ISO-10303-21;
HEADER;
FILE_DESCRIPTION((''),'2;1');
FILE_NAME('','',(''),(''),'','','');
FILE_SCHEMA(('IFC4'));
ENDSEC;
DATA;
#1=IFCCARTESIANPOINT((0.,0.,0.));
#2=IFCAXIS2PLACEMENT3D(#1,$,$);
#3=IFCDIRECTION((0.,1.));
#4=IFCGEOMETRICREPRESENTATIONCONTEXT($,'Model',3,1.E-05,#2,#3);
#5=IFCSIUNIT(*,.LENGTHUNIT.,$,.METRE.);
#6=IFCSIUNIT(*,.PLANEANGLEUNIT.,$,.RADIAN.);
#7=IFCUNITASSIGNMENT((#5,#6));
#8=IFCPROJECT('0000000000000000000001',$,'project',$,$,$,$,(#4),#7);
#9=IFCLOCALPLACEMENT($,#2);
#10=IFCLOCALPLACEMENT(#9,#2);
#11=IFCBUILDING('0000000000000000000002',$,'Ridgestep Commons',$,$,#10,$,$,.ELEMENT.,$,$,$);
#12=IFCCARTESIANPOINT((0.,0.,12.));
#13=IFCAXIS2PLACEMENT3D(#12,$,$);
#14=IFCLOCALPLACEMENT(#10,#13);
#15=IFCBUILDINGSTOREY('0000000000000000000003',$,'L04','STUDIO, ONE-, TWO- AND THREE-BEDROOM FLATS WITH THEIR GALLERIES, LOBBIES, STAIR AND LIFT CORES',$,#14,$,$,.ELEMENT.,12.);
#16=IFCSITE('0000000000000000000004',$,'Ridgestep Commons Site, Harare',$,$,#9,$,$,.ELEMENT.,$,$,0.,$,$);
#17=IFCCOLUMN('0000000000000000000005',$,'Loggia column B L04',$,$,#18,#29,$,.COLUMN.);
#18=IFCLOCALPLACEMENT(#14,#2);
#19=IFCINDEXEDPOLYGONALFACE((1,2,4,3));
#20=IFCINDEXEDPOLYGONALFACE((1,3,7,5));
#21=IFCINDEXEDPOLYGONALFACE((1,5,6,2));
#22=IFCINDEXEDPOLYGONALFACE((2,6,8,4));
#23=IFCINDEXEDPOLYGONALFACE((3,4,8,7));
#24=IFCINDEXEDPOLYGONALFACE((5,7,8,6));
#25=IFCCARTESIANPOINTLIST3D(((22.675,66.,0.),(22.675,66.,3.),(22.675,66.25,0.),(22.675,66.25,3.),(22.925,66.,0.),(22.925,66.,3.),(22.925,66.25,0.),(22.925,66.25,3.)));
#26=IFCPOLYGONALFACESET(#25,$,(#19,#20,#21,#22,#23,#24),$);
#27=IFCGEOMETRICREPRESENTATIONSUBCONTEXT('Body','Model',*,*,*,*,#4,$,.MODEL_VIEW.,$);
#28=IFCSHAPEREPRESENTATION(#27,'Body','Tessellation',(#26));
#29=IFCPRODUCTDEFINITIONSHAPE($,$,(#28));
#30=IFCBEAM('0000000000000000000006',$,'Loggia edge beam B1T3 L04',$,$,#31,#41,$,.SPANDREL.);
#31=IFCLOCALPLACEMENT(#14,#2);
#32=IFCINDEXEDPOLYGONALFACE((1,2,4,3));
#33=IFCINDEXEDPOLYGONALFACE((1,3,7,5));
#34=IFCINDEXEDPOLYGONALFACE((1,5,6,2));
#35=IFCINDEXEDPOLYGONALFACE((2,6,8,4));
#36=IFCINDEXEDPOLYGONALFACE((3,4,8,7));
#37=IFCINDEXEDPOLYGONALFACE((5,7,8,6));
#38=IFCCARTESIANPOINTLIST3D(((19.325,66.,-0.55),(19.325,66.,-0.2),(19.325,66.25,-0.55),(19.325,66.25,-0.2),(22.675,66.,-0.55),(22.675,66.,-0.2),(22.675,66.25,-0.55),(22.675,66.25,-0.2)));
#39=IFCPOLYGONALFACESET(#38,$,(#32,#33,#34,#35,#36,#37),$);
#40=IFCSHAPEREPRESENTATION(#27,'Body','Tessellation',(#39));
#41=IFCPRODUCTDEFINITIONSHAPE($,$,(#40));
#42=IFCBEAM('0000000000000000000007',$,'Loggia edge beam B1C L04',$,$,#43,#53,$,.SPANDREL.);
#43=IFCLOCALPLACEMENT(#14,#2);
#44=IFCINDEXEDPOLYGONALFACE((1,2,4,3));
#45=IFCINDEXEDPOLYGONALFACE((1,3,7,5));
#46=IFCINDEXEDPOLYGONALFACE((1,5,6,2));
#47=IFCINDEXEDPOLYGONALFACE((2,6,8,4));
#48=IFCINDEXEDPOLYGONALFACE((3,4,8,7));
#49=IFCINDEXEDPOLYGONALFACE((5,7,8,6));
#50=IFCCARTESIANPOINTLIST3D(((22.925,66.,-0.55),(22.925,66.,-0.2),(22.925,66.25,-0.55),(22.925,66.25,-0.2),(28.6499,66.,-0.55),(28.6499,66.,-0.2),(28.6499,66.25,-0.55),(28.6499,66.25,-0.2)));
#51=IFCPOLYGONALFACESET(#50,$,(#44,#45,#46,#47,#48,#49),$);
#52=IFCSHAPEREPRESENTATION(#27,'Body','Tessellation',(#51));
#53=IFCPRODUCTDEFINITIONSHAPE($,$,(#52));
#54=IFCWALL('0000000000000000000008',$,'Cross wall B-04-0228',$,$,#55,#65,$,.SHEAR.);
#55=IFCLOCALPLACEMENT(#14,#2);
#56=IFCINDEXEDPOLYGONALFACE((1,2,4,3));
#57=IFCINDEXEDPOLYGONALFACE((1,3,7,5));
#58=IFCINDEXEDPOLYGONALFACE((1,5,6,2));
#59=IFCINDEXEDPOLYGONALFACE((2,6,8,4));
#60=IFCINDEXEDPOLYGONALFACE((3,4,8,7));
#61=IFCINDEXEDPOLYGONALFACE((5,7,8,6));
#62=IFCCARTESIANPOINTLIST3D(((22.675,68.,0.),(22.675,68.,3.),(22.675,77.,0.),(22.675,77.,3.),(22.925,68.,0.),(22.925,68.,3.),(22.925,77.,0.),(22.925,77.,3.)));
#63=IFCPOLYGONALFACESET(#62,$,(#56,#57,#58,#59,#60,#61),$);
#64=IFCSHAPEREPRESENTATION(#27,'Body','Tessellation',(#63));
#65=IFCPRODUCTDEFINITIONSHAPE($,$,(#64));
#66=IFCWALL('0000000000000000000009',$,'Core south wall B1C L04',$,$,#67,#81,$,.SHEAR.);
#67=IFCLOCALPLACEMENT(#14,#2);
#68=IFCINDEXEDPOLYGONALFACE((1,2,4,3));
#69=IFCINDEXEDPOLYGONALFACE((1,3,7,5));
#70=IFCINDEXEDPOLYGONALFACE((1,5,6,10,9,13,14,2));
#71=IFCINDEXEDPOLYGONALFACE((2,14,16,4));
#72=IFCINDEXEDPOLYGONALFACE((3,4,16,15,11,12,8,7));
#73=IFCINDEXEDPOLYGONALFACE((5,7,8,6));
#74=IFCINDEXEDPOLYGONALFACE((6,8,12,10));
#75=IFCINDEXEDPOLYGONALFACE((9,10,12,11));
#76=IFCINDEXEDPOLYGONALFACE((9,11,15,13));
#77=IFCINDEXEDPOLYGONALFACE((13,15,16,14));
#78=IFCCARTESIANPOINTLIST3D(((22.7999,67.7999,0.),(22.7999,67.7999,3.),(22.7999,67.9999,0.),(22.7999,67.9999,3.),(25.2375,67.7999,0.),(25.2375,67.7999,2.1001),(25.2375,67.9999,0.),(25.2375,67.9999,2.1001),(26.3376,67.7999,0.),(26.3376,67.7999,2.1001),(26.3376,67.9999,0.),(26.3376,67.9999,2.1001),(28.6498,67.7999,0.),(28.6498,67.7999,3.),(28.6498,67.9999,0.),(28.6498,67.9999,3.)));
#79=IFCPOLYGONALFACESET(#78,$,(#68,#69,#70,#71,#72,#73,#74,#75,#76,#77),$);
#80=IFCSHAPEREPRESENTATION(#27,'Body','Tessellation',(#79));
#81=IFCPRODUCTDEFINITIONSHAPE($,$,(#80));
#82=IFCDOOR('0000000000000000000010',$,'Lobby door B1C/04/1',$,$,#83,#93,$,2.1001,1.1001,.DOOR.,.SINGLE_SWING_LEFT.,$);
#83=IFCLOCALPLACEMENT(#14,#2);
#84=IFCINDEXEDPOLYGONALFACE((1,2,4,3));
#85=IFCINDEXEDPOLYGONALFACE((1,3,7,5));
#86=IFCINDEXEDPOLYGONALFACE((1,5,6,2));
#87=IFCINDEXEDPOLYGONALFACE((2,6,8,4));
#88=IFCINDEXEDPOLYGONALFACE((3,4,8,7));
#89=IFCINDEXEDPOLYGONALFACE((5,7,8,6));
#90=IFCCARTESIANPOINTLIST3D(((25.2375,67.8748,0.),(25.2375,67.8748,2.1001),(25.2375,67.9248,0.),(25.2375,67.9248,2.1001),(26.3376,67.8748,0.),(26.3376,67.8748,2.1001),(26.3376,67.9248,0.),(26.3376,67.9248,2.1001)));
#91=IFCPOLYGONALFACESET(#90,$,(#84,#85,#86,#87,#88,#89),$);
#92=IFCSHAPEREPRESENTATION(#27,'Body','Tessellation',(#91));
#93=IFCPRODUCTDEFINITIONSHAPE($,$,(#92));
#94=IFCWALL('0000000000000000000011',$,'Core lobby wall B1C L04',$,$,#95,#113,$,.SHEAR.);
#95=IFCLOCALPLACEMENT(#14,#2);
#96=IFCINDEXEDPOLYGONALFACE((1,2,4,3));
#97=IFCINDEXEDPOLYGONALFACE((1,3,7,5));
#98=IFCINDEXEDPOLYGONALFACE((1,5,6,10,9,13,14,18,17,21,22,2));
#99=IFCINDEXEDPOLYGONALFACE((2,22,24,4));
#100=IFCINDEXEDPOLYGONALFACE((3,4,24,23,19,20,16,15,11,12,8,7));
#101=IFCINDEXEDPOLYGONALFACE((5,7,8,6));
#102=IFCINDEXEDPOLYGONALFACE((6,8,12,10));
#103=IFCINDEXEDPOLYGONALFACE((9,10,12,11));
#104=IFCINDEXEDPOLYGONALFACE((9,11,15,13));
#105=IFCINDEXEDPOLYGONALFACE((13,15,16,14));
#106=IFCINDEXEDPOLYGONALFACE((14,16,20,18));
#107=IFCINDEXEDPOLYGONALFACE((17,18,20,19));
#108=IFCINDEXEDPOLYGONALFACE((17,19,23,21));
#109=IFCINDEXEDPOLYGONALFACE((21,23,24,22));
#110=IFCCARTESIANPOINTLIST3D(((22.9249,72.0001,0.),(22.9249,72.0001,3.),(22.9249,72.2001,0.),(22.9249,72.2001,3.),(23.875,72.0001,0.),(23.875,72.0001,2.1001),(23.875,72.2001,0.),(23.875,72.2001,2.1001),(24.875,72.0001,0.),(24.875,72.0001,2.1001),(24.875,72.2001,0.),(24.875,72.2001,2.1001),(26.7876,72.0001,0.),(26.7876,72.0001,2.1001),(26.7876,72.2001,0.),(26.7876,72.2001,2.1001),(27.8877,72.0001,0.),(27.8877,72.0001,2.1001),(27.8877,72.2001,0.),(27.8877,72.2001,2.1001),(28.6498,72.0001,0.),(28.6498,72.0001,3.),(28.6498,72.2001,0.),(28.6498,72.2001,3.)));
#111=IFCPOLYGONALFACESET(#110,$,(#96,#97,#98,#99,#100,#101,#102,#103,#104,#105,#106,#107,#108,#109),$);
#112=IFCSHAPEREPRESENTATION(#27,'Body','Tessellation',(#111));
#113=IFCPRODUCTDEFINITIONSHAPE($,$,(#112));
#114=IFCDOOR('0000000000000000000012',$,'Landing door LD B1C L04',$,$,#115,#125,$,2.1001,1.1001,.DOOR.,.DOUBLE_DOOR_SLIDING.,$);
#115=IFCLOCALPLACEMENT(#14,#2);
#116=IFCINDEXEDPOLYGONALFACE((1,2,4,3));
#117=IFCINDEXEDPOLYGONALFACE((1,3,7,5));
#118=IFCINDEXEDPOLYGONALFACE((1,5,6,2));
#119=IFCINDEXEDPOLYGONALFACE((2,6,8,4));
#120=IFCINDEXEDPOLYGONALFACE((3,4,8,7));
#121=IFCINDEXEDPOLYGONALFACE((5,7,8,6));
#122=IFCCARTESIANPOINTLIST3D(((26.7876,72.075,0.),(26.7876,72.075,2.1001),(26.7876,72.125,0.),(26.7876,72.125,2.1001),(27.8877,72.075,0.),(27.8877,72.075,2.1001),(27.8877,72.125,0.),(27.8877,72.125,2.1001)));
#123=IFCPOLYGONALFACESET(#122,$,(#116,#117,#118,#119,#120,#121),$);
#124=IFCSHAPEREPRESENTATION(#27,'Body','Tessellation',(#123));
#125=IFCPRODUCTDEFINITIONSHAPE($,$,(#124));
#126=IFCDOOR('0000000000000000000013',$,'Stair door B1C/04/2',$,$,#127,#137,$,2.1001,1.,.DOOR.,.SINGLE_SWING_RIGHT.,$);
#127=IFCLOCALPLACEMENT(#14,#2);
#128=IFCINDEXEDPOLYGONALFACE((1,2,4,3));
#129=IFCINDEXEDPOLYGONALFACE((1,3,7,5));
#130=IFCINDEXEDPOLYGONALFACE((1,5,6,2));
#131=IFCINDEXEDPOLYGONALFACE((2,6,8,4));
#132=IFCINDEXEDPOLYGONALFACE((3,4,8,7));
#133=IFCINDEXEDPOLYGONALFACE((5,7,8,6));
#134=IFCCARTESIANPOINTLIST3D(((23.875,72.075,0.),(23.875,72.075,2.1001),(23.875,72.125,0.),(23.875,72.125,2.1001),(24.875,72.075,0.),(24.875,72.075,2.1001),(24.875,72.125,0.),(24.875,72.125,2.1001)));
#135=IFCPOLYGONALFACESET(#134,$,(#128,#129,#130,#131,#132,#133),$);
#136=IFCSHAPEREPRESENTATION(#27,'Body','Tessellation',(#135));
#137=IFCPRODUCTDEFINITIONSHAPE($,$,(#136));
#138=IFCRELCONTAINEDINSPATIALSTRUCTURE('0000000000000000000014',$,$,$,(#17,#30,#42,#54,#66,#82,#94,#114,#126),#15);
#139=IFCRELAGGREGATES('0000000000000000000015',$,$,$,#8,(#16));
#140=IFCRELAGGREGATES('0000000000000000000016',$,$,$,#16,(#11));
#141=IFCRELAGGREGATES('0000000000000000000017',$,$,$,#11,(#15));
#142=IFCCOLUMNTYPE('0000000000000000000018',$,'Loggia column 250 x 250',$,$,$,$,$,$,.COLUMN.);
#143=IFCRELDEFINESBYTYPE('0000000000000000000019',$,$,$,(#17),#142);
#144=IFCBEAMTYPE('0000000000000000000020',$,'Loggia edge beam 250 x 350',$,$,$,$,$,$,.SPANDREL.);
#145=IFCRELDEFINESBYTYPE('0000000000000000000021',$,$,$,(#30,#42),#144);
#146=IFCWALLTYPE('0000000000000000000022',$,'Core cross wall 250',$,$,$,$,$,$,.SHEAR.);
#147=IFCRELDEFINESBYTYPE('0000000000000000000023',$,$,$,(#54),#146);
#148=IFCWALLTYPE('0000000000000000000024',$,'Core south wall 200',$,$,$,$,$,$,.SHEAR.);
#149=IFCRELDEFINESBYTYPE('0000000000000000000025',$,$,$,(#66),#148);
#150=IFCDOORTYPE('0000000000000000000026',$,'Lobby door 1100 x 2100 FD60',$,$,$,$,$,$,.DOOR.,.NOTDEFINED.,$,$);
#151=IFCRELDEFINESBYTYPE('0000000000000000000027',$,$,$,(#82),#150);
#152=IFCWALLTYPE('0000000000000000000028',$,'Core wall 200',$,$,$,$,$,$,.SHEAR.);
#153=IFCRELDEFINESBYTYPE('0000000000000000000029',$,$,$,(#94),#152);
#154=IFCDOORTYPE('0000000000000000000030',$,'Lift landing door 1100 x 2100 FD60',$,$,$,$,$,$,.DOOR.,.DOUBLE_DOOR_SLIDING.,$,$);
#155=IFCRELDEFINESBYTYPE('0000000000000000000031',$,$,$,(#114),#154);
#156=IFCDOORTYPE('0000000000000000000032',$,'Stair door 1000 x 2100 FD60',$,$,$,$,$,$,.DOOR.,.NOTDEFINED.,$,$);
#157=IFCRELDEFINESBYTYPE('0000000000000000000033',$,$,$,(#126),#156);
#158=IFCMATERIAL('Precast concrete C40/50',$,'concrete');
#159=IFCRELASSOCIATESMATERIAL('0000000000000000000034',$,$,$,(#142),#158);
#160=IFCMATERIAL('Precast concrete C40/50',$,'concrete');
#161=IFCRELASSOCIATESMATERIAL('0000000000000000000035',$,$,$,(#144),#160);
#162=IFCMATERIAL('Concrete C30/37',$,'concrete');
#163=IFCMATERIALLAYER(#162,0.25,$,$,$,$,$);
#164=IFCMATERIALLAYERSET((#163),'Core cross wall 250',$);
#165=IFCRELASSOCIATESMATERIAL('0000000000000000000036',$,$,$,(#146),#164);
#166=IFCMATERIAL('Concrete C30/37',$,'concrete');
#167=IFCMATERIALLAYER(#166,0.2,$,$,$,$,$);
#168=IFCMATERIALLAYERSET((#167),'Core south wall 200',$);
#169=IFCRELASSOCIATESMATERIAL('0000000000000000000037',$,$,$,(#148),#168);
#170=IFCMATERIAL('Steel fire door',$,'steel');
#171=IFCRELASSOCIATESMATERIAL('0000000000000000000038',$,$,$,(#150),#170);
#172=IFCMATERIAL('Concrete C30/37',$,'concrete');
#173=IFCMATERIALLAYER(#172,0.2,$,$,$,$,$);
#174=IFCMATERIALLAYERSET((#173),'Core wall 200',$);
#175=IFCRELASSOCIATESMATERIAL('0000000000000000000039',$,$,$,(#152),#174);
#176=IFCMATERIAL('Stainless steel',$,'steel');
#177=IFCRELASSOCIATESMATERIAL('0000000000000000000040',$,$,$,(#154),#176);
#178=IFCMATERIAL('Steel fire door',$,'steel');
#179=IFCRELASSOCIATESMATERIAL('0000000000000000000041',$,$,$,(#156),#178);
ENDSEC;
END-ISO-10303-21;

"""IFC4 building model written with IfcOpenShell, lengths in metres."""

from ifc_helpers import new_model, si_unit, direction, frame, frame_2d, origin, origin_2d, place, context, subcontext, project, spatial, rectangle, extrude, material, layer, layer_set, material_profile, profile_set, type_object, element, fill, save


model = new_model("IFC4")

# Units and contexts
model_context = context("Model", 3, precision=1e-05, world=origin(), true_north=direction((0.0, 1.0)))
body_context = subcontext(model_context, "Body", "Model", "MODEL_VIEW")
ifc_project = project(units=[si_unit("LENGTHUNIT", "METRE"), si_unit("PLANEANGLEUNIT", "RADIAN")], contexts=[model_context])

# Site, building, storey
site_placement = place(None, origin())
site = spatial("IfcSite", under=ifc_project, at=site_placement, Name="Ridgestep Commons Site, Harare", CompositionType="ELEMENT", RefElevation=0.0)
building_placement = place(site_placement, origin())
building = spatial("IfcBuilding", under=site, at=building_placement, Name="Ridgestep Commons", CompositionType="ELEMENT")
storey_placement = place(building_placement, frame((0.0, 0.0, 12.0)))
storey = spatial("IfcBuildingStorey", under=building, at=storey_placement, Name="L04", Description="STUDIO, ONE-, TWO- AND THREE-BEDROOM FLATS WITH THEIR GALLERIES, LOBBIES, STAIR AND LIFT CORES", CompositionType="ELEMENT", Elevation=12.0)

# Column
ifc_material_1 = material(Name="Precast concrete C40/50", Category="concrete")
ifc_material_profile_1 = material_profile(ifc_material_1, rectangle(XDim=0.25, YDim=0.25, at=origin_2d()), Name="PC 250x250")
ifc_profile_set_1 = profile_set([ifc_material_profile_1], Name="Precast concrete C40/50")
column_type = type_object("IfcColumnType", Name="Loggia column 250 x 250", PredefinedType="COLUMN", material=ifc_profile_set_1)
column_placement = place(storey_placement, frame((22.8, 66.125, 0.0), z_axis=(0.0, 0.0, 1.0), x_axis=(1.0, 0.0, 0.0)))
element("IfcColumn", 1, at=column_placement, inside=storey, type_object=column_type, Name="Loggia column B L04", PredefinedType="COLUMN", context=body_context, shape_type="SweptSolid", body=[
    extrude(rectangle(XDim=0.25, YDim=0.25, at=origin_2d()), origin(), (0.0, 0.0, 1.0), 3.0),
])

# Beams
ifc_material_2 = material(Name="Precast concrete C40/50", Category="concrete")
ifc_material_profile_2 = material_profile(ifc_material_2, rectangle(XDim=0.25, YDim=0.3501, at=origin_2d()), Name="PC 250x350")
ifc_profile_set_2 = profile_set([ifc_material_profile_2], Name="Precast concrete C40/50")
beam_type = type_object("IfcBeamType", Name="Loggia edge beam 250 x 350", PredefinedType="SPANDREL", material=ifc_profile_set_2)
beam_1_placement = place(storey_placement, frame((19.325, 66.125, -0.375), z_axis=(1.0, 0.0, 0.0), x_axis=(0.0, 1.0, 0.0)))
element("IfcBeam", 2, at=beam_1_placement, inside=storey, type_object=beam_type, Name="Loggia edge beam B1T3 L04", PredefinedType="SPANDREL", context=body_context, shape_type="SweptSolid", body=[
    extrude(rectangle(XDim=0.25, YDim=0.3501, at=origin_2d()), origin(), (0.0, 0.0, 1.0), 3.3501),
])
beam_2_placement = place(storey_placement, frame((22.925, 66.125, -0.375), z_axis=(1.0, 0.0, 0.0), x_axis=(0.0, 1.0, 0.0)))
element("IfcBeam", 3, at=beam_2_placement, inside=storey, type_object=beam_type, Name="Loggia edge beam B1C L04", PredefinedType="SPANDREL", context=body_context, shape_type="SweptSolid", body=[
    extrude(rectangle(XDim=0.25, YDim=0.3501, at=origin_2d()), origin(), (0.0, 0.0, 1.0), 5.7249),
])

# Wall
ifc_material_3 = material(Name="Concrete C30/37", Category="concrete")
ifc_layer_1 = layer(ifc_material_3, 0.25)
ifc_layer_set_1 = layer_set([ifc_layer_1], Name="Core cross wall 250")
wall_type_1 = type_object("IfcWallType", Name="Core cross wall 250", PredefinedType="SHEAR", material=ifc_layer_set_1)
wall_1_placement = place(storey_placement, frame((22.8, 68.0, 0.0), z_axis=(0.0, 0.0, 1.0), x_axis=(0.0, 1.0, 0.0)))
element("IfcWall", 4, at=wall_1_placement, inside=storey, type_object=wall_type_1, Name="Cross wall B-04-0228", PredefinedType="SHEAR", context=body_context, shape_type="SweptSolid", body=[
    extrude(rectangle(XDim=9.0, YDim=0.25, at=frame_2d((4.5, 0.0))), origin(), (0.0, 0.0, 1.0), 3.0),
])

# Wall, opening, door
ifc_material_4 = material(Name="Concrete C30/37", Category="concrete")
ifc_layer_2 = layer(ifc_material_4, 0.2)
ifc_layer_set_2 = layer_set([ifc_layer_2], Name="Core south wall 200")
wall_type_2 = type_object("IfcWallType", Name="Core south wall 200", PredefinedType="SHEAR", material=ifc_layer_set_2)
wall_2_placement = place(storey_placement, frame((22.8, 67.8999, 0.0), z_axis=(0.0, 0.0, 1.0), x_axis=(1.0, 0.0, 0.0)))
wall_2 = element("IfcWall", 5, at=wall_2_placement, inside=storey, type_object=wall_type_2, Name="Core south wall B1C L04", PredefinedType="SHEAR", context=body_context, shape_type="SweptSolid", body=[
    extrude(rectangle(XDim=5.8499, YDim=0.2, at=frame_2d((2.9248, 0.0))), origin(), (0.0, 0.0, 1.0), 3.0),
])
opening_1_placement = place(wall_2_placement, frame((2.4375, 0.0, 0.0)))
opening_1 = element("IfcOpeningElement", 6, at=opening_1_placement, cuts=wall_2, PredefinedType="OPENING", context=body_context, shape_type="SweptSolid", body=[
    extrude(rectangle(XDim=1.1001, YDim=2.1001, at=frame_2d((0.55, 1.05))), frame((0.0, 0.1099, 0.0), z_axis=(0.0, -1.0, 0.0), x_axis=(1.0, 0.0, 0.0)), (0.0, 0.0, 1.0), 0.22),
])
ifc_material_5 = material(Name="Steel fire door", Category="steel")
door_type_1 = type_object("IfcDoorType", Name="Lobby door 1100 x 2100 FD60", OperationType="NOTDEFINED", PredefinedType="DOOR", material=ifc_material_5)
door_1_placement = place(opening_1_placement, origin())
door_1 = element("IfcDoor", 7, at=door_1_placement, inside=storey, type_object=door_type_1, Name="Lobby door B1C/04/1", OperationType="SINGLE_SWING_LEFT", OverallHeight=2.1001, OverallWidth=1.1001, PredefinedType="DOOR", context=body_context, shape_type="SweptSolid", body=[
    extrude(rectangle(XDim=1.1001, YDim=2.1001, at=frame_2d((0.55, 1.05))), frame((0.0, 0.0249, 0.0), z_axis=(0.0, -1.0, 0.0), x_axis=(1.0, 0.0, 0.0)), (0.0, 0.0, 1.0), 0.05),
])
fill(opening_1, door_1)

# Wall, openings, doors
ifc_material_6 = material(Name="Concrete C30/37", Category="concrete")
ifc_layer_3 = layer(ifc_material_6, 0.2)
ifc_layer_set_3 = layer_set([ifc_layer_3], Name="Core wall 200")
wall_type_3 = type_object("IfcWallType", Name="Core wall 200", PredefinedType="SHEAR", material=ifc_layer_set_3)
wall_3_placement = place(storey_placement, frame((22.925, 72.1001, 0.0), z_axis=(0.0, 0.0, 1.0), x_axis=(1.0, 0.0, 0.0)))
wall_3 = element("IfcWall", 8, at=wall_3_placement, inside=storey, type_object=wall_type_3, Name="Core lobby wall B1C L04", PredefinedType="SHEAR", context=body_context, shape_type="SweptSolid", body=[
    extrude(rectangle(XDim=5.7249, YDim=0.2, at=frame_2d((2.8623, 0.0))), origin(), (0.0, 0.0, 1.0), 3.0),
])
opening_2_placement = place(wall_3_placement, frame((0.95, 0.0, 0.0)))
opening_2 = element("IfcOpeningElement", 9, at=opening_2_placement, cuts=wall_3, PredefinedType="OPENING", context=body_context, shape_type="SweptSolid", body=[
    extrude(rectangle(XDim=1.0, YDim=2.1001, at=frame_2d((0.5, 1.05))), frame((0.0, 0.1099, 0.0), z_axis=(0.0, -1.0, 0.0), x_axis=(1.0, 0.0, 0.0)), (0.0, 0.0, 1.0), 0.22),
])
opening_3_placement = place(wall_3_placement, frame((3.8625, 0.0, 0.0)))
opening_3 = element("IfcOpeningElement", 10, at=opening_3_placement, cuts=wall_3, PredefinedType="OPENING", context=body_context, shape_type="SweptSolid", body=[
    extrude(rectangle(XDim=1.1001, YDim=2.1001, at=frame_2d((0.55, 1.05))), frame((0.0, 0.1099, 0.0), z_axis=(0.0, -1.0, 0.0), x_axis=(1.0, 0.0, 0.0)), (0.0, 0.0, 1.0), 0.22),
])
ifc_material_7 = material(Name="Stainless steel", Category="steel")
door_type_2 = type_object("IfcDoorType", Name="Lift landing door 1100 x 2100 FD60", OperationType="DOUBLE_DOOR_SLIDING", PredefinedType="DOOR", material=ifc_material_7)
door_2_placement = place(opening_3_placement, origin())
door_2 = element("IfcDoor", 11, at=door_2_placement, inside=storey, type_object=door_type_2, Name="Landing door LD B1C L04", OperationType="DOUBLE_DOOR_SLIDING", OverallHeight=2.1001, OverallWidth=1.1001, PredefinedType="DOOR", context=body_context, shape_type="SweptSolid", body=[
    extrude(rectangle(XDim=1.1001, YDim=2.1001, at=frame_2d((0.55, 1.05))), frame((0.0, 0.0249, 0.0), z_axis=(0.0, -1.0, 0.0), x_axis=(1.0, 0.0, 0.0)), (0.0, 0.0, 1.0), 0.05),
])
fill(opening_3, door_2)
ifc_material_8 = material(Name="Steel fire door", Category="steel")
door_type_3 = type_object("IfcDoorType", Name="Stair door 1000 x 2100 FD60", OperationType="NOTDEFINED", PredefinedType="DOOR", material=ifc_material_8)
door_3_placement = place(opening_2_placement, origin())
door_3 = element("IfcDoor", 12, at=door_3_placement, inside=storey, type_object=door_type_3, Name="Stair door B1C/04/2", OperationType="SINGLE_SWING_RIGHT", OverallHeight=2.1001, OverallWidth=1.0, PredefinedType="DOOR", context=body_context, shape_type="SweptSolid", body=[
    extrude(rectangle(XDim=1.0, YDim=2.1001, at=frame_2d((0.5, 1.05))), frame((0.0, 0.0249, 0.0), z_axis=(0.0, -1.0, 0.0), x_axis=(1.0, 0.0, 0.0)), (0.0, 0.0, 1.0), 0.05),
])
fill(opening_2, door_3)

save(model, "model.ifc")
